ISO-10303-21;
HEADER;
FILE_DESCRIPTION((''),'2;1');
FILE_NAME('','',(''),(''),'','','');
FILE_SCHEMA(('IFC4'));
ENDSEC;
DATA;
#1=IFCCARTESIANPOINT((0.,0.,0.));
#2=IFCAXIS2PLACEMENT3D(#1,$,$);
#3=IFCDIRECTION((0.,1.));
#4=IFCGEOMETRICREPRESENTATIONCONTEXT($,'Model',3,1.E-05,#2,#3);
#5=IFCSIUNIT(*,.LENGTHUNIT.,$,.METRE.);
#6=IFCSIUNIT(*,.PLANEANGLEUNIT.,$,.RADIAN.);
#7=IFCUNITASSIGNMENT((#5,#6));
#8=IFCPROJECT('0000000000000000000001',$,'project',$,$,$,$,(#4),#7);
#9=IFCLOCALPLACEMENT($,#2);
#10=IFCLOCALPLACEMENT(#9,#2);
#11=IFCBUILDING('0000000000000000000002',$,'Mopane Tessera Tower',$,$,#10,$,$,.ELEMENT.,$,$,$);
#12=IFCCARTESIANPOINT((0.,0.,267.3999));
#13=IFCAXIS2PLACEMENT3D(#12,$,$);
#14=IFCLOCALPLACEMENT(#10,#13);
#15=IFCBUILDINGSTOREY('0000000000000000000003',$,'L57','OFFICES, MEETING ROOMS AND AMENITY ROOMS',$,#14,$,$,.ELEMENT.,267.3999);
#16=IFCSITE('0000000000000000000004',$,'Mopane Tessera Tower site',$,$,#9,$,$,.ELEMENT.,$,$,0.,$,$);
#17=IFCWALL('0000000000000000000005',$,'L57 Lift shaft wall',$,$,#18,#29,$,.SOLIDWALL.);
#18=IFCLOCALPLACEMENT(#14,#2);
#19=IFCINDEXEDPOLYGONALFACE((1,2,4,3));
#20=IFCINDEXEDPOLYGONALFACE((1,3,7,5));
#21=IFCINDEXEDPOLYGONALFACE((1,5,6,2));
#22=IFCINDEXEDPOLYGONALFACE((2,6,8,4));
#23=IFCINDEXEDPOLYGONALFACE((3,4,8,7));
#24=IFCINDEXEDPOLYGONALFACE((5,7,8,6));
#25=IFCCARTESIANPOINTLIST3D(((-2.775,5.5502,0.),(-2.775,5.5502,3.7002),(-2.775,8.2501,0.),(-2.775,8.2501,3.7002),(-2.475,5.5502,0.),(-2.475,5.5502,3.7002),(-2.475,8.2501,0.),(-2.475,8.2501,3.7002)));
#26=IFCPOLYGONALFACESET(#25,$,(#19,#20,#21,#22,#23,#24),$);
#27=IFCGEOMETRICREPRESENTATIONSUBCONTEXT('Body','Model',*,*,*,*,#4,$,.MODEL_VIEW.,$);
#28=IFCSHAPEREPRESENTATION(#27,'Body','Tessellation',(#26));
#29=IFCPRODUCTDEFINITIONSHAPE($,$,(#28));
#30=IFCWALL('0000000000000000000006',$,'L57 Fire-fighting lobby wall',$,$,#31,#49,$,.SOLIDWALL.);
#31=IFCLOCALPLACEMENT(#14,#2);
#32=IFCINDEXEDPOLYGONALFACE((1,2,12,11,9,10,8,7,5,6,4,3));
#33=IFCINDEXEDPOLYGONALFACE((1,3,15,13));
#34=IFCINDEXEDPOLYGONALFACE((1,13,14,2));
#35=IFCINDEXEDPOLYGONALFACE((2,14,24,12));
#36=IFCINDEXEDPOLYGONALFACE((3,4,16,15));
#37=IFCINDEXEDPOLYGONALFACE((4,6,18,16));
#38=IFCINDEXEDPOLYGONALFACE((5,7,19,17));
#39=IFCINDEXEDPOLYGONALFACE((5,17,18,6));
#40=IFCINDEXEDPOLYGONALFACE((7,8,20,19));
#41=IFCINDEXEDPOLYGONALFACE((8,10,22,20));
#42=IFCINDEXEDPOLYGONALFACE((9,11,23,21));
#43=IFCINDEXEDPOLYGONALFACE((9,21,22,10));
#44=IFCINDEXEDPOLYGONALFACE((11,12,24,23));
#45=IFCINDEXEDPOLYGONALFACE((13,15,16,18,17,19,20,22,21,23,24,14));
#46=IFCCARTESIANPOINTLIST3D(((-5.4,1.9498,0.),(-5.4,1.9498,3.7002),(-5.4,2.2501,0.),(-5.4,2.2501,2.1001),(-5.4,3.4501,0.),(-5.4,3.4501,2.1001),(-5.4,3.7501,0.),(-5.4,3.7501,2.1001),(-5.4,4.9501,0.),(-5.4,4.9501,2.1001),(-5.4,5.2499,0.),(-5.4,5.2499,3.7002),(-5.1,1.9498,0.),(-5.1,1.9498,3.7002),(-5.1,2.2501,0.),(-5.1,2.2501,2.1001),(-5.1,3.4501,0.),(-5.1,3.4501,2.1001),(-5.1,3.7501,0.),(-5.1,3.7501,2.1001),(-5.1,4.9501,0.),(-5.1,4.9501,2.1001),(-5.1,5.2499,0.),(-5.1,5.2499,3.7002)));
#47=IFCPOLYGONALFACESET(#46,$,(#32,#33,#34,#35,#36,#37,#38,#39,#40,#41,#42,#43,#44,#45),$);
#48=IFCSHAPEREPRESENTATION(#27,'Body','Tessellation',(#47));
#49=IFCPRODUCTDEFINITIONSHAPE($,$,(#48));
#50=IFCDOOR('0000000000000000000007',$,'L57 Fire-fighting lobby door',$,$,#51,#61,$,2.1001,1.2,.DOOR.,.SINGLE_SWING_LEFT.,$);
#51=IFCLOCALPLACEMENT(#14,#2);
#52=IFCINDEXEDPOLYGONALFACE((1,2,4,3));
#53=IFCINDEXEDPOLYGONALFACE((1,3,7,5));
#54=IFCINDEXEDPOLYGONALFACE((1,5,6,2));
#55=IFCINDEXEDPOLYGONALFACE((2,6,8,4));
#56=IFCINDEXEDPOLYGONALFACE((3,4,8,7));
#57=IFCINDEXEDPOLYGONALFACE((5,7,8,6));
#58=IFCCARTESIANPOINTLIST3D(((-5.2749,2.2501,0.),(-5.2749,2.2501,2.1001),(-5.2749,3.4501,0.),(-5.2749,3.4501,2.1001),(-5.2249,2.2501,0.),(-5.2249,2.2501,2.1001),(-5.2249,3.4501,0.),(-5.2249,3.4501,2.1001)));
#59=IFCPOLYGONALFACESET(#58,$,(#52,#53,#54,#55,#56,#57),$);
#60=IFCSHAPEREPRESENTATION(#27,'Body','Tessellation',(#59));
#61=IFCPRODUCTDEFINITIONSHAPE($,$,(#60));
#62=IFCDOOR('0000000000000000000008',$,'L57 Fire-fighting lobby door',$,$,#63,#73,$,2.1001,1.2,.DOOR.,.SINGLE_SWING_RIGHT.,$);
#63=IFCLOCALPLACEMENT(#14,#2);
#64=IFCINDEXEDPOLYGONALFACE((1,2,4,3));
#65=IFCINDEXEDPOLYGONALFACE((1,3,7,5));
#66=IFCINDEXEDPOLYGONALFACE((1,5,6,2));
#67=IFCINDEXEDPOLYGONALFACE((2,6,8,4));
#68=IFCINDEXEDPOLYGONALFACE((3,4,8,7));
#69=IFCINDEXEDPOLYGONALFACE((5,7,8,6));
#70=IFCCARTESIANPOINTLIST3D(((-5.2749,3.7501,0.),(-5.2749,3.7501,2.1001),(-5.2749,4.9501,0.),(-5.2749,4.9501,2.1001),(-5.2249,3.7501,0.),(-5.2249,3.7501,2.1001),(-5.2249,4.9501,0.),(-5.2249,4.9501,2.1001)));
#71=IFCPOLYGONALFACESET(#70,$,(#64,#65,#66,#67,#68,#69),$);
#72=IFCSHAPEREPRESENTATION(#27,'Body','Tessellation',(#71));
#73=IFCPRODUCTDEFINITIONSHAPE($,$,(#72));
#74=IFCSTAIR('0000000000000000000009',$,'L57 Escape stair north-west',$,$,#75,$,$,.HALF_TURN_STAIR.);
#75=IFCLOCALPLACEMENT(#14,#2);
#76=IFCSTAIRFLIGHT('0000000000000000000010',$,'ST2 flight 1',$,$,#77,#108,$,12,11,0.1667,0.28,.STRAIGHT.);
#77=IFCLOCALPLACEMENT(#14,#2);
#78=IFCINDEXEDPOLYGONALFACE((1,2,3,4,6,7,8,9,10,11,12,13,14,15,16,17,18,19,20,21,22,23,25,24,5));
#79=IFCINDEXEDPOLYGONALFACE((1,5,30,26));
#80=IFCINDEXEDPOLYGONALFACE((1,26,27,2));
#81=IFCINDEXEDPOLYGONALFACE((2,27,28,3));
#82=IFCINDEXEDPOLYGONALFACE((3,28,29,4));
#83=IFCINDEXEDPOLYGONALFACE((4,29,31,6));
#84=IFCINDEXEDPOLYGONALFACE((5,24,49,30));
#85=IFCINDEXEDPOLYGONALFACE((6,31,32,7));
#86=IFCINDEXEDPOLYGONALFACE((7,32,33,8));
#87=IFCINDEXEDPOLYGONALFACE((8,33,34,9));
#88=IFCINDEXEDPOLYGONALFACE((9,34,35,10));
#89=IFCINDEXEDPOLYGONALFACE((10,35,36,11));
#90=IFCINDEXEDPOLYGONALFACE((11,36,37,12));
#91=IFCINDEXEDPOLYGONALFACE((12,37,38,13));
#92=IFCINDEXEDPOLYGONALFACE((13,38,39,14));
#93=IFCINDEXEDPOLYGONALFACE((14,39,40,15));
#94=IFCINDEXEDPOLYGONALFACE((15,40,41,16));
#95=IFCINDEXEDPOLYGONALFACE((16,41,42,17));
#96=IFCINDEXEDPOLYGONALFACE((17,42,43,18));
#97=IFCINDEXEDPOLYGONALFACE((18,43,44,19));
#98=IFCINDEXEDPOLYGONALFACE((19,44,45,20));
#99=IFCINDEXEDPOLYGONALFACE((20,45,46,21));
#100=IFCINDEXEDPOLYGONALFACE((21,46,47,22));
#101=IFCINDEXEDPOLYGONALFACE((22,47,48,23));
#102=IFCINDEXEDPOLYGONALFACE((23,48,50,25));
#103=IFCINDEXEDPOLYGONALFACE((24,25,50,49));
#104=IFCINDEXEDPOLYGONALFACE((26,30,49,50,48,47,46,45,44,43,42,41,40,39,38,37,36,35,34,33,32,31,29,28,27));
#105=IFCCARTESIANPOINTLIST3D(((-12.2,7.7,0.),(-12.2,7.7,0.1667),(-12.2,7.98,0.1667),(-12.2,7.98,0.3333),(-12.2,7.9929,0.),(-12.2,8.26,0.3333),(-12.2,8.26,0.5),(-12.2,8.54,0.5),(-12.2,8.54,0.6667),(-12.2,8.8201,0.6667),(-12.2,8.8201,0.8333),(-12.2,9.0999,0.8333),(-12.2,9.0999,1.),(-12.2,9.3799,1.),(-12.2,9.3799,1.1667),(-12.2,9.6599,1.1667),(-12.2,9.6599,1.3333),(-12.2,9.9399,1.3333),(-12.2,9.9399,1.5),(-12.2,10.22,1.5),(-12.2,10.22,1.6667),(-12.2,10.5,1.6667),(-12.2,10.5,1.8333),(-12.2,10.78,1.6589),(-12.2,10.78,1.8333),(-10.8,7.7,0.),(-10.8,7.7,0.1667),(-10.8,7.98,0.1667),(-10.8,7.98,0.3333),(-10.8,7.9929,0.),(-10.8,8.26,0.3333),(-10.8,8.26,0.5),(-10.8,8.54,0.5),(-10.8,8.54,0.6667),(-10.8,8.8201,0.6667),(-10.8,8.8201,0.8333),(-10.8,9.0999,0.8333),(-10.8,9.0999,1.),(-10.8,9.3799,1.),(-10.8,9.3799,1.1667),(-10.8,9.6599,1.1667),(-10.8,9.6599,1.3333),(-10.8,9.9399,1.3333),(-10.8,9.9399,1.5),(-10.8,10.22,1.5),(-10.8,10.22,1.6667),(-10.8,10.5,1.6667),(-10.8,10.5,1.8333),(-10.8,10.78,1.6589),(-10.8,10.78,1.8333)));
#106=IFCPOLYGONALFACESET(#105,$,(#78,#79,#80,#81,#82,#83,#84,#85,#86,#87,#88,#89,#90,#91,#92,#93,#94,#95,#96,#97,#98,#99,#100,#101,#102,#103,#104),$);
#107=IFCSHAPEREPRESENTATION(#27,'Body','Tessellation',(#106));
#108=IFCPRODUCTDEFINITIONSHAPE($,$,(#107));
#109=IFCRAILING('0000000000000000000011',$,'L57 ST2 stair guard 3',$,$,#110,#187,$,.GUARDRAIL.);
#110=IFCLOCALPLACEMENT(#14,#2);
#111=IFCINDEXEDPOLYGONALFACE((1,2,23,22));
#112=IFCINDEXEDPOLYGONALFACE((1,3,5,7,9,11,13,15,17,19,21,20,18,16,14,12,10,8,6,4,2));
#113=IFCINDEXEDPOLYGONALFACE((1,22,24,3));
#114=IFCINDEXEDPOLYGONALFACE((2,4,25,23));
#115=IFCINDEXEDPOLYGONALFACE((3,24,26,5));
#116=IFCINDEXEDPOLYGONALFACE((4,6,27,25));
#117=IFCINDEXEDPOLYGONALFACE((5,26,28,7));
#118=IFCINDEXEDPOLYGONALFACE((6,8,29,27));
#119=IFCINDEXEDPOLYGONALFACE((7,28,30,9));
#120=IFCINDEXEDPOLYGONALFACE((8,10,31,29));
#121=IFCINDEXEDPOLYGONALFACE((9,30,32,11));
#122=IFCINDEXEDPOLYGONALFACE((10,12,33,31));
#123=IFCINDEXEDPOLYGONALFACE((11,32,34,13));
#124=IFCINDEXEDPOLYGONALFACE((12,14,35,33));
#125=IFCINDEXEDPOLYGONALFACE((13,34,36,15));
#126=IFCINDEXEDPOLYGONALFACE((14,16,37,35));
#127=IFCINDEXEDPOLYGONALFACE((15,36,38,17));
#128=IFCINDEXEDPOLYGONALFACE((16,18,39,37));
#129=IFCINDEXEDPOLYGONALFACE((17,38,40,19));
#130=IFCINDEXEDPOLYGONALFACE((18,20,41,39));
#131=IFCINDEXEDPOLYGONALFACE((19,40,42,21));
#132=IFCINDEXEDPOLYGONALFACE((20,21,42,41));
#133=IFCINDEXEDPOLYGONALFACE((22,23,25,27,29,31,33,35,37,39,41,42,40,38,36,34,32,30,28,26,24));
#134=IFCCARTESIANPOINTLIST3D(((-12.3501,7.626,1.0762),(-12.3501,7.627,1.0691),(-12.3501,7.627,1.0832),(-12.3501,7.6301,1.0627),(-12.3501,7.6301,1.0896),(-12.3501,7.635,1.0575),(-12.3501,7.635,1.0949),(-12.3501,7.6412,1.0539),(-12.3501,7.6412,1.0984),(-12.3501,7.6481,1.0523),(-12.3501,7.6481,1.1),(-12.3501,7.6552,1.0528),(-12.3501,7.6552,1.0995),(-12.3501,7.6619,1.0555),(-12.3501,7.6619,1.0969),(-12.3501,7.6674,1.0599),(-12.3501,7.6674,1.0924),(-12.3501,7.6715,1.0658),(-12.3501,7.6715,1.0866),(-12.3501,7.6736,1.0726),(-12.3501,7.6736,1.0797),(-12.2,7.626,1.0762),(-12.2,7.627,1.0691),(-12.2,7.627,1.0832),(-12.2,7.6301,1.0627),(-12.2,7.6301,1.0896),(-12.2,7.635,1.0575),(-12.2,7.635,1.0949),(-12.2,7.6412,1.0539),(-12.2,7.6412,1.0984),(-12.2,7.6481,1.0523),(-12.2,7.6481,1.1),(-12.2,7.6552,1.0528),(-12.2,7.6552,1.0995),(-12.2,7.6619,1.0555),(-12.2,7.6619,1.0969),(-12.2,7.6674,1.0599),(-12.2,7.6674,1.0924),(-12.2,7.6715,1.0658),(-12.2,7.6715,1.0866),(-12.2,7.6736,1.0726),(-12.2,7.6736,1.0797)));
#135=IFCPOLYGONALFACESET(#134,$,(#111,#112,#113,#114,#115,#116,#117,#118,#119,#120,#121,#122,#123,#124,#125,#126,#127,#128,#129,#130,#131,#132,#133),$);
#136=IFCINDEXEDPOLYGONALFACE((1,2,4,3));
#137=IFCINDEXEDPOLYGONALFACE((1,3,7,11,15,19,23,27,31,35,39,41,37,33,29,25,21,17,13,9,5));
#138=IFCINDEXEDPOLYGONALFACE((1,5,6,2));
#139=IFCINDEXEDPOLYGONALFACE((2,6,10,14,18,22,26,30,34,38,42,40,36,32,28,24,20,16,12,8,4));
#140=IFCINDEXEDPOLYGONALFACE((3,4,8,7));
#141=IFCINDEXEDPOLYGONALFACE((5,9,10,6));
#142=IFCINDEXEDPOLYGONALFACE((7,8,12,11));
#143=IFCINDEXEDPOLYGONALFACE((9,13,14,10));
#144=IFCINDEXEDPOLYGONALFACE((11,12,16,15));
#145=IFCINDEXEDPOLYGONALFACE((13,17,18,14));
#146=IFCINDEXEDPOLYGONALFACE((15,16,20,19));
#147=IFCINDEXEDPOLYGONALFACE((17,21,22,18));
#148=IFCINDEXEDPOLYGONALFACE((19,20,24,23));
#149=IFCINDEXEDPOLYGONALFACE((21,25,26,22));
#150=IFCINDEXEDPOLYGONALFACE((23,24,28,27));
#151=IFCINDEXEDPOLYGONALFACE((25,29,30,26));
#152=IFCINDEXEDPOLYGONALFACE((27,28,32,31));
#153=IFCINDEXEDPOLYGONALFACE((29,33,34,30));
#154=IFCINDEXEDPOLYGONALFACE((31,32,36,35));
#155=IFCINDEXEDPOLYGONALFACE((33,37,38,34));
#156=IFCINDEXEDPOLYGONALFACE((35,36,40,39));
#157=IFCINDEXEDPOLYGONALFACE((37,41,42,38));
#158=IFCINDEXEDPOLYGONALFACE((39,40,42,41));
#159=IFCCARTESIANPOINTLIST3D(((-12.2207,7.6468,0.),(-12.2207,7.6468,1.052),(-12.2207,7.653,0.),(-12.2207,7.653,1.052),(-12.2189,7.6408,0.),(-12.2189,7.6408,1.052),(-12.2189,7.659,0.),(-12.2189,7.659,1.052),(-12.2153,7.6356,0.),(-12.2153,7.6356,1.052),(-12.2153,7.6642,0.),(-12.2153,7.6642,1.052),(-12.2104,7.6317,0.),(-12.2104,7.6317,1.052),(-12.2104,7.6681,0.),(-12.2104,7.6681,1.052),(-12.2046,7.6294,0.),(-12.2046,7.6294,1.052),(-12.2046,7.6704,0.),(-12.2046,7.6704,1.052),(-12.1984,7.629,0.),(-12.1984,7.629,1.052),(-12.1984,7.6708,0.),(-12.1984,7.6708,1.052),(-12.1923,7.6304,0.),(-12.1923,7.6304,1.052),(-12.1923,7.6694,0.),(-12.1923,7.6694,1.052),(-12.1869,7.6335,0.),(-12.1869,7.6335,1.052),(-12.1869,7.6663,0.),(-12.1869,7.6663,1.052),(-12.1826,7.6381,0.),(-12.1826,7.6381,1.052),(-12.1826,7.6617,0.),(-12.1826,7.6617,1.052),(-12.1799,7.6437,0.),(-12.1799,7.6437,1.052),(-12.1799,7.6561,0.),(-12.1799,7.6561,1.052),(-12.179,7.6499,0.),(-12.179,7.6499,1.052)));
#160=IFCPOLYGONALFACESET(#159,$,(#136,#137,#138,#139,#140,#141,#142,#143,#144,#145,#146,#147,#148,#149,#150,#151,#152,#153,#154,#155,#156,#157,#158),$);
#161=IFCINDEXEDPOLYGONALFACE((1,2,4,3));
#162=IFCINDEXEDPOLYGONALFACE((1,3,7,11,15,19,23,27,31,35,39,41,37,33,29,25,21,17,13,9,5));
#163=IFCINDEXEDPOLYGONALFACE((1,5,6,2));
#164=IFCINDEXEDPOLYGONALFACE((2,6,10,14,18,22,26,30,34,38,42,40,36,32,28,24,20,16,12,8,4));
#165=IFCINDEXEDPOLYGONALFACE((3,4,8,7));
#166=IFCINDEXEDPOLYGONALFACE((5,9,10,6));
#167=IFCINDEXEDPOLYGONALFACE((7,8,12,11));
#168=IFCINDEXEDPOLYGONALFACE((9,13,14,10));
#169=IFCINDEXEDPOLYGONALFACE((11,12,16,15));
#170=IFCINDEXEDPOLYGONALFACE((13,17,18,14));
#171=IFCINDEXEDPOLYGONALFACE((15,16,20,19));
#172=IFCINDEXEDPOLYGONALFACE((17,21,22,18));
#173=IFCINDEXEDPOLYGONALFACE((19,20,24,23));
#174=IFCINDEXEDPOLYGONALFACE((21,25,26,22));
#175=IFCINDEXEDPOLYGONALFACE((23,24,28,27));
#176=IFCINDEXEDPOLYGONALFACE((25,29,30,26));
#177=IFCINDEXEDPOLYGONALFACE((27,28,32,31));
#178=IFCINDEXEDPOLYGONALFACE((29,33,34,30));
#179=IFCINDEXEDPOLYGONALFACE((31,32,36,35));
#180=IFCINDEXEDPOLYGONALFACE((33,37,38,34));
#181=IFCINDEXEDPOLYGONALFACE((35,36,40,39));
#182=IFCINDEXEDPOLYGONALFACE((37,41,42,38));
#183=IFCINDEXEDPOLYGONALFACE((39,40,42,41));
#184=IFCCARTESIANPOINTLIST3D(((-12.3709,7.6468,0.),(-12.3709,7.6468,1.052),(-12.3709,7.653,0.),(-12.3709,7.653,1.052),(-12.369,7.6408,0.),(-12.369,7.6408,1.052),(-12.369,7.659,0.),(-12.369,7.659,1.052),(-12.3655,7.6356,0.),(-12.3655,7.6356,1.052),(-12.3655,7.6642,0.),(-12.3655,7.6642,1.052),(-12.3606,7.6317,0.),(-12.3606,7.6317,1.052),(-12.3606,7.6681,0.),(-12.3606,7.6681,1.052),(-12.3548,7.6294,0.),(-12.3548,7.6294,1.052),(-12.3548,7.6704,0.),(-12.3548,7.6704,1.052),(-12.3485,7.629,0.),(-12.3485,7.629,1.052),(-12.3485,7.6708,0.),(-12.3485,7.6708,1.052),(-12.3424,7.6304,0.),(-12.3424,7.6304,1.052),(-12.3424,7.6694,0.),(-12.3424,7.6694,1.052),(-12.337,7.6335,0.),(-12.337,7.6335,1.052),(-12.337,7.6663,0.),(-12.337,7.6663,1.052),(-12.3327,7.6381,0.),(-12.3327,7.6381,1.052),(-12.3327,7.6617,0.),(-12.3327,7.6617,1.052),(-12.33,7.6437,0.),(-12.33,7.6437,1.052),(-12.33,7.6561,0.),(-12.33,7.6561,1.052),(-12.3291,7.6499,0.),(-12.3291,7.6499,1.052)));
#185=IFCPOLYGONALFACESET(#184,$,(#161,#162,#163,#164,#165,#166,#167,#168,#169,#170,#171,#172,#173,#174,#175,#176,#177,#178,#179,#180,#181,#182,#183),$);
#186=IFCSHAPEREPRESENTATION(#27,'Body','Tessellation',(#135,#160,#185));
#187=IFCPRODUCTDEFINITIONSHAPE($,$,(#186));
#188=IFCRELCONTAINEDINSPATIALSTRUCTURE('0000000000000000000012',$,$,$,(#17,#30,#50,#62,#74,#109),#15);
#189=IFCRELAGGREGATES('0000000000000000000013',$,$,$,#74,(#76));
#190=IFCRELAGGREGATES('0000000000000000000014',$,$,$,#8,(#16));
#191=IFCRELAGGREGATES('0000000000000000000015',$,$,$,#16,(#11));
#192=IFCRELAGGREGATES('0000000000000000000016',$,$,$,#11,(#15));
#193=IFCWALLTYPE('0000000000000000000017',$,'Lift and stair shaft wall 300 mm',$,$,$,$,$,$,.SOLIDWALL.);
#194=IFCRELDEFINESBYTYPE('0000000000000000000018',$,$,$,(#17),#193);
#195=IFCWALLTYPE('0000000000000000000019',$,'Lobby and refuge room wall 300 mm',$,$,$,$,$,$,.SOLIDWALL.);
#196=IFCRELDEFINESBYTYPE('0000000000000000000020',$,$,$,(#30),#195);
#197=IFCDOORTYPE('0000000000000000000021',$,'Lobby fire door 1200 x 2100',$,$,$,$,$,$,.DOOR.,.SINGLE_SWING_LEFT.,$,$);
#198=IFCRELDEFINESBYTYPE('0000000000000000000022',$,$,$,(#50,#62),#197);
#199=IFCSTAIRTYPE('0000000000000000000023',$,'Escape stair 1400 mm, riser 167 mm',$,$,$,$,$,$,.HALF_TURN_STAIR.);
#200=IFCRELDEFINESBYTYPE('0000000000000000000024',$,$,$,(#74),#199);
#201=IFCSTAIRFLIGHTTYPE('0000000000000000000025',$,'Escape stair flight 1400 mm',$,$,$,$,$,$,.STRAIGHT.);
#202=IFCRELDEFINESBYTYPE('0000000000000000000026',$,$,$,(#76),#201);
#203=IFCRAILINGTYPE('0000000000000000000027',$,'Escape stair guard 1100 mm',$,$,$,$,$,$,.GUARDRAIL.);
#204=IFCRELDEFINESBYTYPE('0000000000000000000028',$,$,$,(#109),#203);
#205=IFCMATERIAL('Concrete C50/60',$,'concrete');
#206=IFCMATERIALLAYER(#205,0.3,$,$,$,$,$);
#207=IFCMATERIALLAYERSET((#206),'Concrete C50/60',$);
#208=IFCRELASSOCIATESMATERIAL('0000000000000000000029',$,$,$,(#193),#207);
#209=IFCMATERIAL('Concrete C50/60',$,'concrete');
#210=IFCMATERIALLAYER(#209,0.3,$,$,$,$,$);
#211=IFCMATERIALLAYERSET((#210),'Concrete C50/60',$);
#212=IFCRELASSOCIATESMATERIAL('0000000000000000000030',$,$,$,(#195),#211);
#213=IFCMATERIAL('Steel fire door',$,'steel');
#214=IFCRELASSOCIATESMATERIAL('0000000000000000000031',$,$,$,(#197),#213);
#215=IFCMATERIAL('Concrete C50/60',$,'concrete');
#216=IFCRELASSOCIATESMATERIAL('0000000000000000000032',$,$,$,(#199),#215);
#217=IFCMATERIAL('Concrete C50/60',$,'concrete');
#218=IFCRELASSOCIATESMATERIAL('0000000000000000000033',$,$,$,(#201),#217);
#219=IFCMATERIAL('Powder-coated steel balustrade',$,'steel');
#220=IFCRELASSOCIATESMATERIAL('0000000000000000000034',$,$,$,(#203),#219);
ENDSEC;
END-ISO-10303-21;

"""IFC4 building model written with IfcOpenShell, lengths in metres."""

from ifc_helpers import new_model, si_unit, direction, frame, frame_2d, origin, origin_2d, place, context, subcontext, project, spatial, polyline, rectangle, circle, outline, extrude, material, layer, layer_set, type_object, element, fill, aggregate, save


model = new_model("IFC4")

# Units and contexts
model_context = context("Model", 3, precision=1e-05, world=origin(), true_north=direction((0.0, 1.0)))
body_context = subcontext(model_context, "Body", "Model", "MODEL_VIEW")
ifc_project = project(units=[si_unit("LENGTHUNIT", "METRE"), si_unit("PLANEANGLEUNIT", "RADIAN")], contexts=[model_context])

# Site, building, storey
site_placement = place(None, origin())
site = spatial("IfcSite", under=ifc_project, at=site_placement, Name="Mopane Tessera Tower site", CompositionType="ELEMENT", RefElevation=0.0)
building_placement = place(site_placement, origin())
building = spatial("IfcBuilding", under=site, at=building_placement, Name="Mopane Tessera Tower", CompositionType="ELEMENT")
storey_placement = place(building_placement, frame((0.0, 0.0, 267.3999)))
storey = spatial("IfcBuildingStorey", under=building, at=storey_placement, Name="L57", Description="OFFICES, MEETING ROOMS AND AMENITY ROOMS", CompositionType="ELEMENT", Elevation=267.3999)

# Shared definitions
ifc_material_1 = material(Name="Concrete C50/60", Category="concrete")
ifc_layer_1 = layer(ifc_material_1, 0.3)
ifc_layer_set_1 = layer_set([ifc_layer_1], Name="Concrete C50/60")
wall_type_1 = type_object("IfcWallType", Name="Lift and stair shaft wall 300 mm", PredefinedType="SOLIDWALL", material=ifc_layer_set_1)

# Wall
for number, where, z_axis, x_axis, name in (
    (1, (-2.625, 5.55, 0.0), (0.0, 0.0, 1.0), (0.0, 1.0, 0.0), "L57 Lift shaft wall"),
):
    element("IfcWall", number, at=place(storey_placement, frame(where, z_axis=z_axis, x_axis=x_axis)), inside=storey, type_object=wall_type_1, Name=name, PredefinedType="SOLIDWALL", context=body_context, shape_type="SweptSolid", body=[
        extrude(rectangle(XDim=2.7, YDim=0.3, at=frame_2d((1.3501, 0.0))), origin(), (0.0, 0.0, 1.0), 3.7002),
    ])

# Wall, openings, doors
ifc_material_2 = material(Name="Concrete C50/60", Category="concrete")
ifc_layer_2 = layer(ifc_material_2, 0.3)
ifc_layer_set_2 = layer_set([ifc_layer_2], Name="Concrete C50/60")
wall_type_2 = type_object("IfcWallType", Name="Lobby and refuge room wall 300 mm", PredefinedType="SOLIDWALL", material=ifc_layer_set_2)
wall_1_placement = place(storey_placement, frame((-5.25, 1.95, 0.0), z_axis=(0.0, 0.0, 1.0), x_axis=(0.0, 1.0, 0.0)))
wall_1 = element("IfcWall", 2, at=wall_1_placement, inside=storey, type_object=wall_type_2, Name="L57 Fire-fighting lobby wall", PredefinedType="SOLIDWALL", context=body_context, shape_type="SweptSolid", body=[
    extrude(rectangle(XDim=3.3, YDim=0.3, at=frame_2d((1.6499, 0.0))), origin(), (0.0, 0.0, 1.0), 3.7002),
])
opening_1_placement = place(wall_1_placement, frame((0.3, 0.0, 0.0)))
opening_1 = element("IfcOpeningElement", 3, at=opening_1_placement, cuts=wall_1, PredefinedType="OPENING", context=body_context, shape_type="SweptSolid", body=[
    extrude(rectangle(XDim=1.2, YDim=2.1001, at=frame_2d((0.6001, 1.05))), frame((0.0, 0.1621, 0.0), z_axis=(0.0, -1.0, 0.0), x_axis=(1.0, 0.0, 0.0)), (0.0, 0.0, 1.0), 0.324),
])
opening_2_placement = place(wall_1_placement, frame((1.8, 0.0, 0.0)))
opening_2 = element("IfcOpeningElement", 4, at=opening_2_placement, cuts=wall_1, PredefinedType="OPENING", context=body_context, shape_type="SweptSolid", body=[
    extrude(rectangle(XDim=1.2, YDim=2.1001, at=frame_2d((0.6001, 1.05))), frame((0.0, 0.1621, 0.0), z_axis=(0.0, -1.0, 0.0), x_axis=(1.0, 0.0, 0.0)), (0.0, 0.0, 1.0), 0.324),
])
ifc_material_3 = material(Name="Steel fire door", Category="steel")
door_type_1 = type_object("IfcDoorType", Name="Lobby fire door 1200 x 2100", OperationType="SINGLE_SWING_LEFT", PredefinedType="DOOR", material=ifc_material_3)
door_1_placement = place(opening_1_placement, origin())
door_1 = element("IfcDoor", 5, at=door_1_placement, inside=storey, type_object=door_type_1, Name="L57 Fire-fighting lobby door", OperationType="SINGLE_SWING_LEFT", OverallHeight=2.1001, OverallWidth=1.2, PredefinedType="DOOR", context=body_context, shape_type="SweptSolid", body=[
    extrude(rectangle(XDim=1.2, YDim=2.1001, at=frame_2d((0.6001, 1.05))), frame((0.0, 0.0249, 0.0), z_axis=(0.0, -1.0, 0.0), x_axis=(1.0, 0.0, 0.0)), (0.0, 0.0, 1.0), 0.05),
])
fill(opening_1, door_1)
door_2_placement = place(opening_2_placement, origin())
door_2 = element("IfcDoor", 6, at=door_2_placement, inside=storey, type_object=door_type_1, Name="L57 Fire-fighting lobby door", OperationType="SINGLE_SWING_RIGHT", OverallHeight=2.1001, OverallWidth=1.2, PredefinedType="DOOR", context=body_context, shape_type="SweptSolid", body=[
    extrude(rectangle(XDim=1.2, YDim=2.1001, at=frame_2d((0.6001, 1.05))), frame((0.0, 0.0249, 0.0), z_axis=(0.0, -1.0, 0.0), x_axis=(1.0, 0.0, 0.0)), (0.0, 0.0, 1.0), 0.05),
])
fill(opening_2, door_2)

# Stair, stair flight
ifc_material_4 = material(Name="Concrete C50/60", Category="concrete")
stair_type = type_object("IfcStairType", Name="Escape stair 1400 mm, riser 167 mm", PredefinedType="HALF_TURN_STAIR", material=ifc_material_4)
stair_placement = place(storey_placement, origin())
stair = element("IfcStair", 7, at=stair_placement, inside=storey, type_object=stair_type, Name="L57 Escape stair north-west", PredefinedType="HALF_TURN_STAIR")
ifc_material_5 = material(Name="Concrete C50/60", Category="concrete")
stair_flight_type = type_object("IfcStairFlightType", Name="Escape stair flight 1400 mm", PredefinedType="STRAIGHT", material=ifc_material_5)
stair_flight_placement = place(storey_placement, frame((-11.5, 7.7, 0.0), z_axis=(0.0, 0.0, 1.0), x_axis=(0.0, 1.0, 0.0)))
stair_flight = element("IfcStairFlight", 8, at=stair_flight_placement, type_object=stair_flight_type, Name="ST2 flight 1", NumberOfRisers=12, NumberOfTreads=11, PredefinedType="STRAIGHT", RiserHeight=0.1667, TreadLength=0.28, context=body_context, shape_type="SweptSolid", body=[
    extrude(outline(polyline([(0.0, 0.0), (0.0, 0.1667), (0.28, 0.1667), (0.28, 0.3333), (0.5601, 0.3333), (0.5601, 0.5), (0.8401, 0.5), (0.8401, 0.6667), (1.1201, 0.6667), (1.1201, 0.8333), (1.3999, 0.8333), (1.3999, 1.0), (1.6799, 1.0), (1.6799, 1.1667), (1.96, 1.1667), (1.96, 1.3333), (2.24, 1.3333), (2.24, 1.5), (2.52, 1.5), (2.52, 1.6667), (2.8, 1.6667), (2.8, 1.8333), (3.0801, 1.8333), (3.0801, 2.0), (3.0801, 1.6589), (0.293, 0.0), (0.0, 0.0)])), frame((0.0, 0.7, 0.0), z_axis=(0.0, -1.0, 0.0), x_axis=(1.0, 0.0, 0.0)), (0.0, 0.0, 1.0), 1.3999),
])
aggregate(stair, [stair_flight])

# Railing
ifc_material_6 = material(Name="Powder-coated steel balustrade", Category="steel")
railing_type_1 = type_object("IfcRailingType", Name="Escape stair guard 1100 mm", PredefinedType="GUARDRAIL", material=ifc_material_6)
railing_1_placement = place(storey_placement, frame((-12.2, 7.6499, 0.0)))
element("IfcRailing", 9, at=railing_1_placement, inside=storey, type_object=railing_type_1, Name="L57 ST2 stair guard 3", PredefinedType="GUARDRAIL", context=body_context, shape_type="SweptSolid", body=[
    extrude(circle(Radius=0.0239, at=origin_2d()), frame((0.0, 0.0, 1.0762), z_axis=(-1.0, 0.0, 0.0), x_axis=(0.0, -1.0, 0.0)), (0.0, 0.0, 1.0), 0.1501),
    extrude(circle(Radius=0.021, at=origin_2d()), origin(), (0.0, 0.0, 1.0), 1.052),
    extrude(circle(Radius=0.021, at=origin_2d()), frame((-0.1501, 0.0, 0.0)), (0.0, 0.0, 1.0), 1.052),
])

save(model, "model.ifc")
